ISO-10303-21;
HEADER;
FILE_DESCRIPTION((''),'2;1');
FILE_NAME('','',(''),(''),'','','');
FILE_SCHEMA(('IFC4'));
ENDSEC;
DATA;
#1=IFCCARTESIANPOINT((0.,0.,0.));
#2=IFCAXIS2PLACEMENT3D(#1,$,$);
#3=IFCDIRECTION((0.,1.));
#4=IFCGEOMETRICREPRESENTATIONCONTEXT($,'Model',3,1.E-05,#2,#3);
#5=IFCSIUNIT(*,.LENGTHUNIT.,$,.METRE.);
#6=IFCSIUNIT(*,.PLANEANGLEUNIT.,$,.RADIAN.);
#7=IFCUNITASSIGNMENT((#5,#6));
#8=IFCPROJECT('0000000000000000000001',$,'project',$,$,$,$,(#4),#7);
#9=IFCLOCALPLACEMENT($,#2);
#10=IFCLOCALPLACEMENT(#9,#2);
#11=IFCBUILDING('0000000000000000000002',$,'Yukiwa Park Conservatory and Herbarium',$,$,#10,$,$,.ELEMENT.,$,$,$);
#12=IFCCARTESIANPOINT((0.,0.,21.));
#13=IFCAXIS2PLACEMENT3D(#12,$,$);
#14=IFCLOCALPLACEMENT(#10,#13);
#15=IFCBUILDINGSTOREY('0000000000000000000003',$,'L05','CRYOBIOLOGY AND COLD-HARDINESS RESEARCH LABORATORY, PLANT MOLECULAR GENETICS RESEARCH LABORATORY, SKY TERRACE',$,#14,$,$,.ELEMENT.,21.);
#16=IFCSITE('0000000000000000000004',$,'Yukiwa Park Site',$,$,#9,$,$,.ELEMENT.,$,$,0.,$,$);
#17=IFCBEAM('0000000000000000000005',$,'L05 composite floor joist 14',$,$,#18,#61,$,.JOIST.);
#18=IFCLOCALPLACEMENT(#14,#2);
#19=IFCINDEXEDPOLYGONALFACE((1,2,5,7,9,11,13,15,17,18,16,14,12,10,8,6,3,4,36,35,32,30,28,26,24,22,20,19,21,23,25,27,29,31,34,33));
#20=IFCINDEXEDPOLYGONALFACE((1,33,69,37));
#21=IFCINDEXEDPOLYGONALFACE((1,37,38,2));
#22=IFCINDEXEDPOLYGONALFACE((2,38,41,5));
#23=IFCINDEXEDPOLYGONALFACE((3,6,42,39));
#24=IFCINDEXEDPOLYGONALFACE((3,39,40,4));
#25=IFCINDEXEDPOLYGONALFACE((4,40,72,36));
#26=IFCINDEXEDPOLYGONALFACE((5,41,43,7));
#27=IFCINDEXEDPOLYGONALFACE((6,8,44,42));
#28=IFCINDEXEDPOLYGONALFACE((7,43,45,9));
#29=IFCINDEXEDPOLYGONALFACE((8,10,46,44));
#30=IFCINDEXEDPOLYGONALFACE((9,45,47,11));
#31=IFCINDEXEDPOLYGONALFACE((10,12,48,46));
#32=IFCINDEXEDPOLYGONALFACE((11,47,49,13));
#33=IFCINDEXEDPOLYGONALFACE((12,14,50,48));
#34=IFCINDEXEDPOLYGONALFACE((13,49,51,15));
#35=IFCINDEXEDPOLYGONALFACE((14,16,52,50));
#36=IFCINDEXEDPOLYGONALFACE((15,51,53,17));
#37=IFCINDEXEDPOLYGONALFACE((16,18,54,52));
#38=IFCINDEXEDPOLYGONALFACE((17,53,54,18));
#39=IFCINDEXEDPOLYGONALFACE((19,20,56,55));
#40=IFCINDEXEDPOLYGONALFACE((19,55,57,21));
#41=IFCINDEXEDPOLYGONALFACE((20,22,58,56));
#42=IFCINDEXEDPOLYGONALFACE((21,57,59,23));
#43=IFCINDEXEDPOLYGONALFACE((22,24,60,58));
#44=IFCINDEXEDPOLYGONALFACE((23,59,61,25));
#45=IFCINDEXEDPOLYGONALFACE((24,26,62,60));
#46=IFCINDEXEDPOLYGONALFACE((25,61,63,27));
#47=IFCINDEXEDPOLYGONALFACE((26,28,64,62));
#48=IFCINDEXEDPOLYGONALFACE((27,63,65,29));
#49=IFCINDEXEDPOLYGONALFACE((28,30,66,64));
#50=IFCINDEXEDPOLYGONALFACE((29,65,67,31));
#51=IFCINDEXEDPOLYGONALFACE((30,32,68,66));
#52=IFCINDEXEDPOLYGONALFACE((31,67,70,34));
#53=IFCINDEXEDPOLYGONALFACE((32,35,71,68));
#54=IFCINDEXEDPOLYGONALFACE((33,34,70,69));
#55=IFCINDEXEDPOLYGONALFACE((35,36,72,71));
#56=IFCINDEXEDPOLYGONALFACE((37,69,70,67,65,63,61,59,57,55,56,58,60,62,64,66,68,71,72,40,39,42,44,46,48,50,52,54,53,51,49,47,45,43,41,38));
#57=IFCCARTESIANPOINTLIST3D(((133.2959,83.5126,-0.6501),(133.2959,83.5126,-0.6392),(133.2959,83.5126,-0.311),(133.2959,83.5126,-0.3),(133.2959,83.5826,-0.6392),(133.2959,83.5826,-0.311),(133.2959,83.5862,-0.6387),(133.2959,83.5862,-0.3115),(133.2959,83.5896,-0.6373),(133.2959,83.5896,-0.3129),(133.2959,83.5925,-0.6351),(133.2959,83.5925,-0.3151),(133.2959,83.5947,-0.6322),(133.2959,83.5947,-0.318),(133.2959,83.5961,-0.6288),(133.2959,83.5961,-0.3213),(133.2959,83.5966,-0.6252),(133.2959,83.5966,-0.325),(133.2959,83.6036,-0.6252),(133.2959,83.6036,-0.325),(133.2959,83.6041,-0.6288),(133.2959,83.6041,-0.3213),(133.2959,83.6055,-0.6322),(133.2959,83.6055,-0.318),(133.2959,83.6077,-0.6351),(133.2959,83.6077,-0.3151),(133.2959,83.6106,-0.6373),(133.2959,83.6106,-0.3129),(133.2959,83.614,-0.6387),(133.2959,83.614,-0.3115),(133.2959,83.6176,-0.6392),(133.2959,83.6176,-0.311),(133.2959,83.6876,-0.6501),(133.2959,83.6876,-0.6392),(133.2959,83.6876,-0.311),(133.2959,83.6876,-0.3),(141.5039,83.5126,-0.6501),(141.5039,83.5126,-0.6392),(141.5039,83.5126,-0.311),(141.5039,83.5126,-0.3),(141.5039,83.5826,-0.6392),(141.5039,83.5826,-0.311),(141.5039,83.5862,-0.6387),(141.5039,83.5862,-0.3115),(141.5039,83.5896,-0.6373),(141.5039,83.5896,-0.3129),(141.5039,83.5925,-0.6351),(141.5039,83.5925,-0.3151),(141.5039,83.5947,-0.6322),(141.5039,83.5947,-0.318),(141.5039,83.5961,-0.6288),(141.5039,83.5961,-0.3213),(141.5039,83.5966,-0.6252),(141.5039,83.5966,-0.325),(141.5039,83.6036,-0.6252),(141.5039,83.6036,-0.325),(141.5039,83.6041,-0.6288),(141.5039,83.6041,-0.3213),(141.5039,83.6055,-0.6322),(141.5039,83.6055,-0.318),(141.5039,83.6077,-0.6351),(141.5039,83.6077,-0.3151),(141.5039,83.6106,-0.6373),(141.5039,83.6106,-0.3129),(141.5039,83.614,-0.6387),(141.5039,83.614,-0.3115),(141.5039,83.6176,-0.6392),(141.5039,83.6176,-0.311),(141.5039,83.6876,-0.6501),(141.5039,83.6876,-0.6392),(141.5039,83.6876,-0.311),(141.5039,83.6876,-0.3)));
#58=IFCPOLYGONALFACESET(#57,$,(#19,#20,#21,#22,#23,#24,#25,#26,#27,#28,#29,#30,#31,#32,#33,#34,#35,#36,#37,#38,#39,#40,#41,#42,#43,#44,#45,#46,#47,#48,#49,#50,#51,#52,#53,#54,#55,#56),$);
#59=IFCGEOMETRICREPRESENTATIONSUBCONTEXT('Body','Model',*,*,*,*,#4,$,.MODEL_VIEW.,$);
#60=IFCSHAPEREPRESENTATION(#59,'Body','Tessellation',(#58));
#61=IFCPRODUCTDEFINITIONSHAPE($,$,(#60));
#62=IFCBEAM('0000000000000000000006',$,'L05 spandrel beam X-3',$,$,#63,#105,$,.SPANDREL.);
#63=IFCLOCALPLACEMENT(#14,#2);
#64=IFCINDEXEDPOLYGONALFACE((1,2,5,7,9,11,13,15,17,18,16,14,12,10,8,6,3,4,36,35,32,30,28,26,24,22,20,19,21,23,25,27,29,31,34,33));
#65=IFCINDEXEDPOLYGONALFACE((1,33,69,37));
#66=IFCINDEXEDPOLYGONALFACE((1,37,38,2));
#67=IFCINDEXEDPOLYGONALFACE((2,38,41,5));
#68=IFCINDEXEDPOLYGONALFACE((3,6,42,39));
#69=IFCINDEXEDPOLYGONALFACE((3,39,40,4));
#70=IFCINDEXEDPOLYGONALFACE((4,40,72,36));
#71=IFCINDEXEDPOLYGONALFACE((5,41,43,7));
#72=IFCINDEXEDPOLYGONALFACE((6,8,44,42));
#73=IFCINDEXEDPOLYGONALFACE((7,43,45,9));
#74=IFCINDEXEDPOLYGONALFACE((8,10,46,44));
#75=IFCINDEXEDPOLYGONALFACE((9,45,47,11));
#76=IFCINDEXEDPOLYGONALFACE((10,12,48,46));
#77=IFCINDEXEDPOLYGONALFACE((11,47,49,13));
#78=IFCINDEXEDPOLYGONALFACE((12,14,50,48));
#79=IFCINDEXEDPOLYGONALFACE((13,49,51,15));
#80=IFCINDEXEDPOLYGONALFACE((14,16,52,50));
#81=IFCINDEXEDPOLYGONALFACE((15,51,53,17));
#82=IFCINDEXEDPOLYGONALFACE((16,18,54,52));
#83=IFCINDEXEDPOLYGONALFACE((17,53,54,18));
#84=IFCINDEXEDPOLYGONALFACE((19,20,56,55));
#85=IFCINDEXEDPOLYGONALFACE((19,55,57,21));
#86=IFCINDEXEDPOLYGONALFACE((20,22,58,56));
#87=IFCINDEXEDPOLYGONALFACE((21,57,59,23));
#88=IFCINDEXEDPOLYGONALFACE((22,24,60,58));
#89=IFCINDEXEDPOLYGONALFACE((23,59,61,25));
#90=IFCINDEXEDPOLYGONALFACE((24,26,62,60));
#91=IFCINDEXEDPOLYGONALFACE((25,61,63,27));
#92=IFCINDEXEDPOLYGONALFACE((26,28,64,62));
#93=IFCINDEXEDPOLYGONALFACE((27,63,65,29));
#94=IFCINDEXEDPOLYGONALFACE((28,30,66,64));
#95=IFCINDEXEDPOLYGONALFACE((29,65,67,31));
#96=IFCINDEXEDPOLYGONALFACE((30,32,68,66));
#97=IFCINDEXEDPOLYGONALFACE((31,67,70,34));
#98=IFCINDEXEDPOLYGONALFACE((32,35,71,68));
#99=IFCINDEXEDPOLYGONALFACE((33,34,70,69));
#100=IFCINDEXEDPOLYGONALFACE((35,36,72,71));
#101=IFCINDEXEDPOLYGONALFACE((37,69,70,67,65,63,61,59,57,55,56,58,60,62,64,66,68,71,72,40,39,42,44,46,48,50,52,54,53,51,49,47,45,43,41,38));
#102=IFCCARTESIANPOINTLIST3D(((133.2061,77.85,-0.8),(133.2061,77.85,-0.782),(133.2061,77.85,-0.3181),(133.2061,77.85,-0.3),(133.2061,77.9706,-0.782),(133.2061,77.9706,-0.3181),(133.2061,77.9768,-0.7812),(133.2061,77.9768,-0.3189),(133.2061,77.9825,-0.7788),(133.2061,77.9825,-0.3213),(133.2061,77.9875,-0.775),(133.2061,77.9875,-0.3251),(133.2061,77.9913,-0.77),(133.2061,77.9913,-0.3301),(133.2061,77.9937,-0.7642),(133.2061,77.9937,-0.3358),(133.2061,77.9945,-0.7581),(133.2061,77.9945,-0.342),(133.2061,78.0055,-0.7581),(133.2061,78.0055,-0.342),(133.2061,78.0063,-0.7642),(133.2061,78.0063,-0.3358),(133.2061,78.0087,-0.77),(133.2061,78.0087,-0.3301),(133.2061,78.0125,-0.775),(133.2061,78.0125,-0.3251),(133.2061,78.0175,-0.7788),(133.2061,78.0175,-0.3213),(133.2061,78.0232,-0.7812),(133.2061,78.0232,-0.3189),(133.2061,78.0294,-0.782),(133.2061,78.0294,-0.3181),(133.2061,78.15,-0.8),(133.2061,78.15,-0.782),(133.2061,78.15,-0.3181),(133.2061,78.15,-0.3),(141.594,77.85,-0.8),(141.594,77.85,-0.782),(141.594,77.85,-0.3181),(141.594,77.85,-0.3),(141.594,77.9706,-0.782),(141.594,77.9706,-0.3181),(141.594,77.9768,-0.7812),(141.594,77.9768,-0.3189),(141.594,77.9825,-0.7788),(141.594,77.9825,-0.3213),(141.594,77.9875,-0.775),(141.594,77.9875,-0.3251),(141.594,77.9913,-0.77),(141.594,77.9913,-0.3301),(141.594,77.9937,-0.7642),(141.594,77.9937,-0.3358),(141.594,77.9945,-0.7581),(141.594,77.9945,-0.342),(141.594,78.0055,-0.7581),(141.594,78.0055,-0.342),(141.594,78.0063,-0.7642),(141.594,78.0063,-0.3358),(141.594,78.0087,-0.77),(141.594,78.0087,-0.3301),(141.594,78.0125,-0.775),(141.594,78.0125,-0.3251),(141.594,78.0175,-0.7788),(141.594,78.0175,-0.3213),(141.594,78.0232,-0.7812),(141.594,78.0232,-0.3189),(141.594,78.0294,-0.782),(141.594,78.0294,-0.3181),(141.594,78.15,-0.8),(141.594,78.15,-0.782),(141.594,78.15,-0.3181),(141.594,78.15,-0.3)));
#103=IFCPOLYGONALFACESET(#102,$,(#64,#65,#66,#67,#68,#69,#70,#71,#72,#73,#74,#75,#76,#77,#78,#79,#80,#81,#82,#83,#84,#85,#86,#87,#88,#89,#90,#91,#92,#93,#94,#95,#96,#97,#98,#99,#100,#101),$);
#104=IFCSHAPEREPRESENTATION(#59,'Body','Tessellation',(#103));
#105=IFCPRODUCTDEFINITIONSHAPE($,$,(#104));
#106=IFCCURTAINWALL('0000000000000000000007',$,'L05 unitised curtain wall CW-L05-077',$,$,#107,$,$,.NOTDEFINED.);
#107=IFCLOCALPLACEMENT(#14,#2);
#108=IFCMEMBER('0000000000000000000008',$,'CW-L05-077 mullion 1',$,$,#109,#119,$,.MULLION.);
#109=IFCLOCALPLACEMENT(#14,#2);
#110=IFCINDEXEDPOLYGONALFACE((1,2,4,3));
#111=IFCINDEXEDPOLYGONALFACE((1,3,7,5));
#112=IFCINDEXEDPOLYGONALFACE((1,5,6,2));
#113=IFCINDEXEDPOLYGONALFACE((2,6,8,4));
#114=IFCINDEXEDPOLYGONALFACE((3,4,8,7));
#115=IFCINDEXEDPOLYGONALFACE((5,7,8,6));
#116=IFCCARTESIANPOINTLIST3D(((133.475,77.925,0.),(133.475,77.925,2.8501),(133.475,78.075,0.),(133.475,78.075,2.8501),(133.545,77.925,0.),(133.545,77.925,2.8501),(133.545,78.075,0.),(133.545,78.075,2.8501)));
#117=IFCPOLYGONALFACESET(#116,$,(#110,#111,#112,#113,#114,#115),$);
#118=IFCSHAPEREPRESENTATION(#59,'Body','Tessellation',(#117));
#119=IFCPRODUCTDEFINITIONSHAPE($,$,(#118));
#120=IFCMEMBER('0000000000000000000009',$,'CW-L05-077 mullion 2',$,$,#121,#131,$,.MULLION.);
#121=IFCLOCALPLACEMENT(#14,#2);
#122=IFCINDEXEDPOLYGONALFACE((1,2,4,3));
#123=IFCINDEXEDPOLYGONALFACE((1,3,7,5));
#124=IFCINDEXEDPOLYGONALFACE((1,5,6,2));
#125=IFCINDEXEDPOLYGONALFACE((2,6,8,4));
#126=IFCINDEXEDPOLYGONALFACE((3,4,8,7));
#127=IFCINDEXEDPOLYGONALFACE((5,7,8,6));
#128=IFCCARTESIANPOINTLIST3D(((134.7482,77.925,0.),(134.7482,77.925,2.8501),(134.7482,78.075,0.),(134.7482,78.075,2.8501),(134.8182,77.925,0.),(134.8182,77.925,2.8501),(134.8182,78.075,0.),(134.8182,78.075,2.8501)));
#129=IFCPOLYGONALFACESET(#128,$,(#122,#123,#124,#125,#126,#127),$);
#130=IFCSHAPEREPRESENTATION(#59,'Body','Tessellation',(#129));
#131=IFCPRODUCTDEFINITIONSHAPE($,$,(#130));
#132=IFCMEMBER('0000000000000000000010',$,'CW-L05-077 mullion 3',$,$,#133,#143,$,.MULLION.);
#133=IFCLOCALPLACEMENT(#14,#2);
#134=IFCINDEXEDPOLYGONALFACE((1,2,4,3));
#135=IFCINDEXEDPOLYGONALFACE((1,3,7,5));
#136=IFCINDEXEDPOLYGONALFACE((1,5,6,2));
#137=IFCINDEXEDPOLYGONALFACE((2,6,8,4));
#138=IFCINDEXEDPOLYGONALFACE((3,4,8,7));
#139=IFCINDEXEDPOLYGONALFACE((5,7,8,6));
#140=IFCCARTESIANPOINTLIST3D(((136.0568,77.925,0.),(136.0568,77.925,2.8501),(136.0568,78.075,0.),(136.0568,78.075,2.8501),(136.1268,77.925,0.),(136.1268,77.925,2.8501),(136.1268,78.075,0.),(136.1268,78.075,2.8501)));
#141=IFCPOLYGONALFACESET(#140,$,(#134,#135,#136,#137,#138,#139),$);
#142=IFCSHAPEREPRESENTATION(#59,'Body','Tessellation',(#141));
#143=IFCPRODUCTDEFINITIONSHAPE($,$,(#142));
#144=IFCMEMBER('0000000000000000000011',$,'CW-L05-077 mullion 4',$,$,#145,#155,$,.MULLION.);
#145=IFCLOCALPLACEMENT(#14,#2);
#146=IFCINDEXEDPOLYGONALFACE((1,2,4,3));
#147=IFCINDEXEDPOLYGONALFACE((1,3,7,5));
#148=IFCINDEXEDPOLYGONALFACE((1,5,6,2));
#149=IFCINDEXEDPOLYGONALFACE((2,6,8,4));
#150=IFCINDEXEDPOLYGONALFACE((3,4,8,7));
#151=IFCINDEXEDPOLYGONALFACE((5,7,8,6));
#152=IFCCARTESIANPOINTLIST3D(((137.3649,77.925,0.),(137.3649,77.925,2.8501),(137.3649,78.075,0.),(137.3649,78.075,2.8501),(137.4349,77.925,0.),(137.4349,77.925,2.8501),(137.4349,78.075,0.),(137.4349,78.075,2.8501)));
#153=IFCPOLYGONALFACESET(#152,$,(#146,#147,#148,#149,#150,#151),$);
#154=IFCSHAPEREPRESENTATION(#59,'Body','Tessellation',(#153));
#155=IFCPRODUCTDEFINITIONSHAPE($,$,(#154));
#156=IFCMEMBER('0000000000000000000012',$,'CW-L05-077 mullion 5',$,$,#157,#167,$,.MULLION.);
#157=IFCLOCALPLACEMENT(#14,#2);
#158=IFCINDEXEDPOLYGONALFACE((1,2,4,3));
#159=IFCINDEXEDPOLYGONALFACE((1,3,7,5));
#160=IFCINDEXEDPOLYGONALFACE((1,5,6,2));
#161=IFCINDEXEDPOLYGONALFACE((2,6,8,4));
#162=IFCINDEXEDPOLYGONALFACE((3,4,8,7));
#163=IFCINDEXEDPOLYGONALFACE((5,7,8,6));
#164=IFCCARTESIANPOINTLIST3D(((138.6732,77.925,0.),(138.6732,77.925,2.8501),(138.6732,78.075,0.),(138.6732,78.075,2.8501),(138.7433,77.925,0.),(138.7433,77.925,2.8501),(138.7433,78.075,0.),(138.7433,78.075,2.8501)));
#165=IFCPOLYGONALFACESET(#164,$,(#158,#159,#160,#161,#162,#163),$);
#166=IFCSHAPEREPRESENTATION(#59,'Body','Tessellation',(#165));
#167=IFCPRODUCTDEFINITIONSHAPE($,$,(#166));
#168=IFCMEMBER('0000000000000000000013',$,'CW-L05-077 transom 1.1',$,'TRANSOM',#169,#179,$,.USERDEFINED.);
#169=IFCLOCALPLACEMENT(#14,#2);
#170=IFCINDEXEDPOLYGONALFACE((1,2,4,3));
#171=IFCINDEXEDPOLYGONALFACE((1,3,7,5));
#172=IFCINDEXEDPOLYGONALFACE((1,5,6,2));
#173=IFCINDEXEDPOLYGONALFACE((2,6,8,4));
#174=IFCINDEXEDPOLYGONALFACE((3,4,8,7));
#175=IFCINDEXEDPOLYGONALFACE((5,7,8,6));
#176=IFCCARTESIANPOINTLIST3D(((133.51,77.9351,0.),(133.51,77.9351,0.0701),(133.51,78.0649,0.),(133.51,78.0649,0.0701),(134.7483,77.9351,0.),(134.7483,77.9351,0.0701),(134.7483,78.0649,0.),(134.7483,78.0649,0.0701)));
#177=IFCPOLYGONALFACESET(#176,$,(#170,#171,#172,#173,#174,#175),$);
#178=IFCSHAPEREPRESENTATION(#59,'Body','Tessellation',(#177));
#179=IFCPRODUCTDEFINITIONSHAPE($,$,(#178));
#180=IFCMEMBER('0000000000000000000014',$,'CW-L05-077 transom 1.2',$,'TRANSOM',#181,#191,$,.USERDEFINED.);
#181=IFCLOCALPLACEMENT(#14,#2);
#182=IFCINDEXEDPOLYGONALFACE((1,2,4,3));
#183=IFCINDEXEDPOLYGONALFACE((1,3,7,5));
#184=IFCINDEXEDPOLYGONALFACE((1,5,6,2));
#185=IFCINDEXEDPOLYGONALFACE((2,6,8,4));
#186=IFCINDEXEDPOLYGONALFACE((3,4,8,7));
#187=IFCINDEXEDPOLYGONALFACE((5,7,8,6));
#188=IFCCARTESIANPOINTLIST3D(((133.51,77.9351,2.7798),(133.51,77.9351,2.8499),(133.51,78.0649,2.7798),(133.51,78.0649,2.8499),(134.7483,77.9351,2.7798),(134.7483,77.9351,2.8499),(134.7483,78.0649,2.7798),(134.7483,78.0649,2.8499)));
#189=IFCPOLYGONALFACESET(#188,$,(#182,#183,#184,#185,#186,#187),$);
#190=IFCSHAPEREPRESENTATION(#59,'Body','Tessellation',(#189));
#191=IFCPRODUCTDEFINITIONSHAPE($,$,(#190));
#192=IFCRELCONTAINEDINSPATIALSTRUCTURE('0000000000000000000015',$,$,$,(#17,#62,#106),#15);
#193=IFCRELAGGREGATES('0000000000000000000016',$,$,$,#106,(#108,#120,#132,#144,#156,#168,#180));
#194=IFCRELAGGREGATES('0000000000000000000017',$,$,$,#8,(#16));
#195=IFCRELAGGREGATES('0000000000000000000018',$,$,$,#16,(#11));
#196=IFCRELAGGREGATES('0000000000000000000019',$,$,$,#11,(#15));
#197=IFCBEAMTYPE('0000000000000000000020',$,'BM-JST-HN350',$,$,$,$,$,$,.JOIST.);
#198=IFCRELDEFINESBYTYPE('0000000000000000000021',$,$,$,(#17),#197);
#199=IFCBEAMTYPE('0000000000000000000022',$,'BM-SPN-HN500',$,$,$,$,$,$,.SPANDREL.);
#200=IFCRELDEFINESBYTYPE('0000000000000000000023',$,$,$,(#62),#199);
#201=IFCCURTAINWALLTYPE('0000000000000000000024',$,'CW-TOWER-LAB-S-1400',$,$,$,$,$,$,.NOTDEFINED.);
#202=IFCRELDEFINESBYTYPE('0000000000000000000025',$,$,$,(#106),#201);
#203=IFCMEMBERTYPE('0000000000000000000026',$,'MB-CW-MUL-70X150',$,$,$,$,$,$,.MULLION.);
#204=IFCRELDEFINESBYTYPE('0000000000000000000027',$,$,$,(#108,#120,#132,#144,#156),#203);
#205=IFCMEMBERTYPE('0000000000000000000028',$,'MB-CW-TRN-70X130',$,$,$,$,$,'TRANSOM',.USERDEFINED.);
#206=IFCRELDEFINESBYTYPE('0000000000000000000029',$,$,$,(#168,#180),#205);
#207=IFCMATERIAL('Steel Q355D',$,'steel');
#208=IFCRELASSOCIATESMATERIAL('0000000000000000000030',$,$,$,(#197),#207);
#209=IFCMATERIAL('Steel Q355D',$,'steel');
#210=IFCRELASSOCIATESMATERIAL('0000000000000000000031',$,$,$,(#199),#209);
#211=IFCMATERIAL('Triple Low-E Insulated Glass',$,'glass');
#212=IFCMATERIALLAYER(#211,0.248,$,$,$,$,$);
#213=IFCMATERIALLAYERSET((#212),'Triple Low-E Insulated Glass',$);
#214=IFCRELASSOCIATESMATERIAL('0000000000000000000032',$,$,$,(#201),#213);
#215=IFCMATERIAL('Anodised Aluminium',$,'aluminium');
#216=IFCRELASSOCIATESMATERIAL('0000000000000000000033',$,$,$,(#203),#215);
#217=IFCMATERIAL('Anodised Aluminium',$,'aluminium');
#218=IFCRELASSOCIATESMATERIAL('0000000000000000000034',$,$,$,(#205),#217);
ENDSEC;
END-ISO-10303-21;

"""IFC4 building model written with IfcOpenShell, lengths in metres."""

from ifc_helpers import new_model, si_unit, direction, frame, origin, origin_2d, place, context, subcontext, project, spatial, rectangle, i_section, extrude, material, layer, layer_set, material_profile, profile_set, type_object, element, aggregate, save


model = new_model("IFC4")

# Units and contexts
model_context = context("Model", 3, precision=1e-05, world=origin(), true_north=direction((0.0, 1.0)))
body_context = subcontext(model_context, "Body", "Model", "MODEL_VIEW")
ifc_project = project(units=[si_unit("LENGTHUNIT", "METRE"), si_unit("PLANEANGLEUNIT", "RADIAN")], contexts=[model_context])

# Site, building, storey
site_placement = place(None, origin())
site = spatial("IfcSite", under=ifc_project, at=site_placement, Name="Yukiwa Park Site", CompositionType="ELEMENT", RefElevation=0.0)
building_placement = place(site_placement, origin())
building = spatial("IfcBuilding", under=site, at=building_placement, Name="Yukiwa Park Conservatory and Herbarium", CompositionType="ELEMENT")
storey_placement = place(building_placement, frame((0.0, 0.0, 21.0)))
storey = spatial("IfcBuildingStorey", under=building, at=storey_placement, Name="L05", Description="CRYOBIOLOGY AND COLD-HARDINESS RESEARCH LABORATORY, PLANT MOLECULAR GENETICS RESEARCH LABORATORY, SKY TERRACE", CompositionType="ELEMENT", Elevation=21.0)

# Beams
ifc_material_1 = material(Name="Steel Q355D", Category="steel")
ifc_material_profile_1 = material_profile(ifc_material_1, i_section(OverallWidth=0.175, OverallDepth=0.3501, WebThickness=0.0071, FlangeThickness=0.011, FilletRadius=0.0139, at=origin_2d()), Name="HN 350x175x7x11")
ifc_profile_set_1 = profile_set([ifc_material_profile_1], Name="Steel Q355D")
beam_type_1 = type_object("IfcBeamType", Name="BM-JST-HN350", PredefinedType="JOIST", material=ifc_profile_set_1)
for number, where, z_axis, x_axis, name in (
    (1, (133.2959, 83.6001, -0.4751), (1.0, 0.0, 0.0), (0.0, 1.0, 0.0), "L05 composite floor joist 14"),
):
    element("IfcBeam", number, at=place(storey_placement, frame(where, z_axis=z_axis, x_axis=x_axis)), inside=storey, type_object=beam_type_1, Name=name, PredefinedType="JOIST", context=body_context, shape_type="SweptSolid", body=[
        extrude(i_section(OverallWidth=0.175, OverallDepth=0.3501, WebThickness=0.0071, FlangeThickness=0.011, FilletRadius=0.0139, at=origin_2d()), origin(), (0.0, 0.0, 1.0), 8.208),
    ])
ifc_material_2 = material(Name="Steel Q355D", Category="steel")
ifc_material_profile_2 = material_profile(ifc_material_2, i_section(OverallWidth=0.3, OverallDepth=0.5, WebThickness=0.011, FlangeThickness=0.0181, FilletRadius=0.0239, at=origin_2d()), Name="HM 500x300x11x18")
ifc_profile_set_2 = profile_set([ifc_material_profile_2], Name="Steel Q355D")
beam_type_2 = type_object("IfcBeamType", Name="BM-SPN-HN500", PredefinedType="SPANDREL", material=ifc_profile_set_2)
beam_placement = place(storey_placement, frame((133.2061, 78.0, -0.55), z_axis=(1.0, 0.0, 0.0), x_axis=(0.0, 1.0, 0.0)))
element("IfcBeam", 2, at=beam_placement, inside=storey, type_object=beam_type_2, Name="L05 spandrel beam X-3", PredefinedType="SPANDREL", context=body_context, shape_type="SweptSolid", body=[
    extrude(i_section(OverallWidth=0.3, OverallDepth=0.5, WebThickness=0.011, FlangeThickness=0.0181, FilletRadius=0.0239, at=origin_2d()), origin(), (0.0, 0.0, 1.0), 8.3879),
])

# Curtain wall, members
ifc_material_3 = material(Name="Triple Low-E Insulated Glass", Category="glass")
ifc_layer_1 = layer(ifc_material_3, 0.248)
ifc_layer_set_1 = layer_set([ifc_layer_1], Name="Triple Low-E Insulated Glass")
curtain_wall_type = type_object("IfcCurtainWallType", Name="CW-TOWER-LAB-S-1400", PredefinedType="NOTDEFINED", material=ifc_layer_set_1)
curtain_wall_placement = place(storey_placement, origin())
curtain_wall = element("IfcCurtainWall", 3, at=curtain_wall_placement, inside=storey, type_object=curtain_wall_type, Name="L05 unitised curtain wall CW-L05-077", PredefinedType="NOTDEFINED")
ifc_material_4 = material(Name="Anodised Aluminium", Category="aluminium")
member_type_1 = type_object("IfcMemberType", Name="MB-CW-MUL-70X150", PredefinedType="MULLION", material=ifc_material_4)
member_1_placement = place(storey_placement, frame((133.51, 78.0, 0.0), z_axis=(0.0, 0.0, 1.0), x_axis=(1.0, 0.0, 0.0)))
member_1 = element("IfcMember", 4, at=member_1_placement, type_object=member_type_1, Name="CW-L05-077 mullion 1", PredefinedType="MULLION", context=body_context, shape_type="SweptSolid", body=[
    extrude(rectangle(XDim=0.0701, YDim=0.1499, at=origin_2d()), origin(), (0.0, 0.0, 1.0), 2.8501),
])
member_2_placement = place(storey_placement, frame((134.7832, 78.0, 0.0), z_axis=(0.0, 0.0, 1.0), x_axis=(1.0, 0.0, 0.0)))
member_2 = element("IfcMember", 5, at=member_2_placement, type_object=member_type_1, Name="CW-L05-077 mullion 2", PredefinedType="MULLION", context=body_context, shape_type="SweptSolid", body=[
    extrude(rectangle(XDim=0.0701, YDim=0.1499, at=origin_2d()), origin(), (0.0, 0.0, 1.0), 2.8501),
])
member_3_placement = place(storey_placement, frame((136.0918, 78.0, 0.0), z_axis=(0.0, 0.0, 1.0), x_axis=(1.0, 0.0, 0.0)))
member_3 = element("IfcMember", 6, at=member_3_placement, type_object=member_type_1, Name="CW-L05-077 mullion 3", PredefinedType="MULLION", context=body_context, shape_type="SweptSolid", body=[
    extrude(rectangle(XDim=0.0701, YDim=0.1499, at=origin_2d()), origin(), (0.0, 0.0, 1.0), 2.8501),
])
member_4_placement = place(storey_placement, frame((137.3999, 78.0, 0.0), z_axis=(0.0, 0.0, 1.0), x_axis=(1.0, 0.0, 0.0)))
member_4 = element("IfcMember", 7, at=member_4_placement, type_object=member_type_1, Name="CW-L05-077 mullion 4", PredefinedType="MULLION", context=body_context, shape_type="SweptSolid", body=[
    extrude(rectangle(XDim=0.0701, YDim=0.1499, at=origin_2d()), origin(), (0.0, 0.0, 1.0), 2.8501),
])
member_5_placement = place(storey_placement, frame((138.7083, 78.0, 0.0), z_axis=(0.0, 0.0, 1.0), x_axis=(1.0, 0.0, 0.0)))
member_5 = element("IfcMember", 8, at=member_5_placement, type_object=member_type_1, Name="CW-L05-077 mullion 5", PredefinedType="MULLION", context=body_context, shape_type="SweptSolid", body=[
    extrude(rectangle(XDim=0.0701, YDim=0.1499, at=origin_2d()), origin(), (0.0, 0.0, 1.0), 2.8501),
])
ifc_material_5 = material(Name="Anodised Aluminium", Category="aluminium")
member_type_2 = type_object("IfcMemberType", Name="MB-CW-TRN-70X130", ElementType="TRANSOM", PredefinedType="USERDEFINED", material=ifc_material_5)
member_6_placement = place(storey_placement, frame((134.1292, 78.0, 0.0), z_axis=(0.0, 0.0, 1.0), x_axis=(1.0, 0.0, 0.0)))
member_6 = element("IfcMember", 9, at=member_6_placement, type_object=member_type_2, Name="CW-L05-077 transom 1.1", ObjectType="TRANSOM", PredefinedType="USERDEFINED", context=body_context, shape_type="SweptSolid", body=[
    extrude(rectangle(XDim=1.2383, YDim=0.1299, at=origin_2d()), origin(), (0.0, 0.0, 1.0), 0.0701),
])
member_7_placement = place(storey_placement, frame((134.1292, 78.0, 2.7798), z_axis=(0.0, 0.0, 1.0), x_axis=(1.0, 0.0, 0.0)))
member_7 = element("IfcMember", 10, at=member_7_placement, type_object=member_type_2, Name="CW-L05-077 transom 1.2", ObjectType="TRANSOM", PredefinedType="USERDEFINED", context=body_context, shape_type="SweptSolid", body=[
    extrude(rectangle(XDim=1.2383, YDim=0.1299, at=origin_2d()), origin(), (0.0, 0.0, 1.0), 0.0701),
])
aggregate(curtain_wall, [member_1, member_2, member_3, member_4, member_5, member_6, member_7])

save(model, "model.ifc")
